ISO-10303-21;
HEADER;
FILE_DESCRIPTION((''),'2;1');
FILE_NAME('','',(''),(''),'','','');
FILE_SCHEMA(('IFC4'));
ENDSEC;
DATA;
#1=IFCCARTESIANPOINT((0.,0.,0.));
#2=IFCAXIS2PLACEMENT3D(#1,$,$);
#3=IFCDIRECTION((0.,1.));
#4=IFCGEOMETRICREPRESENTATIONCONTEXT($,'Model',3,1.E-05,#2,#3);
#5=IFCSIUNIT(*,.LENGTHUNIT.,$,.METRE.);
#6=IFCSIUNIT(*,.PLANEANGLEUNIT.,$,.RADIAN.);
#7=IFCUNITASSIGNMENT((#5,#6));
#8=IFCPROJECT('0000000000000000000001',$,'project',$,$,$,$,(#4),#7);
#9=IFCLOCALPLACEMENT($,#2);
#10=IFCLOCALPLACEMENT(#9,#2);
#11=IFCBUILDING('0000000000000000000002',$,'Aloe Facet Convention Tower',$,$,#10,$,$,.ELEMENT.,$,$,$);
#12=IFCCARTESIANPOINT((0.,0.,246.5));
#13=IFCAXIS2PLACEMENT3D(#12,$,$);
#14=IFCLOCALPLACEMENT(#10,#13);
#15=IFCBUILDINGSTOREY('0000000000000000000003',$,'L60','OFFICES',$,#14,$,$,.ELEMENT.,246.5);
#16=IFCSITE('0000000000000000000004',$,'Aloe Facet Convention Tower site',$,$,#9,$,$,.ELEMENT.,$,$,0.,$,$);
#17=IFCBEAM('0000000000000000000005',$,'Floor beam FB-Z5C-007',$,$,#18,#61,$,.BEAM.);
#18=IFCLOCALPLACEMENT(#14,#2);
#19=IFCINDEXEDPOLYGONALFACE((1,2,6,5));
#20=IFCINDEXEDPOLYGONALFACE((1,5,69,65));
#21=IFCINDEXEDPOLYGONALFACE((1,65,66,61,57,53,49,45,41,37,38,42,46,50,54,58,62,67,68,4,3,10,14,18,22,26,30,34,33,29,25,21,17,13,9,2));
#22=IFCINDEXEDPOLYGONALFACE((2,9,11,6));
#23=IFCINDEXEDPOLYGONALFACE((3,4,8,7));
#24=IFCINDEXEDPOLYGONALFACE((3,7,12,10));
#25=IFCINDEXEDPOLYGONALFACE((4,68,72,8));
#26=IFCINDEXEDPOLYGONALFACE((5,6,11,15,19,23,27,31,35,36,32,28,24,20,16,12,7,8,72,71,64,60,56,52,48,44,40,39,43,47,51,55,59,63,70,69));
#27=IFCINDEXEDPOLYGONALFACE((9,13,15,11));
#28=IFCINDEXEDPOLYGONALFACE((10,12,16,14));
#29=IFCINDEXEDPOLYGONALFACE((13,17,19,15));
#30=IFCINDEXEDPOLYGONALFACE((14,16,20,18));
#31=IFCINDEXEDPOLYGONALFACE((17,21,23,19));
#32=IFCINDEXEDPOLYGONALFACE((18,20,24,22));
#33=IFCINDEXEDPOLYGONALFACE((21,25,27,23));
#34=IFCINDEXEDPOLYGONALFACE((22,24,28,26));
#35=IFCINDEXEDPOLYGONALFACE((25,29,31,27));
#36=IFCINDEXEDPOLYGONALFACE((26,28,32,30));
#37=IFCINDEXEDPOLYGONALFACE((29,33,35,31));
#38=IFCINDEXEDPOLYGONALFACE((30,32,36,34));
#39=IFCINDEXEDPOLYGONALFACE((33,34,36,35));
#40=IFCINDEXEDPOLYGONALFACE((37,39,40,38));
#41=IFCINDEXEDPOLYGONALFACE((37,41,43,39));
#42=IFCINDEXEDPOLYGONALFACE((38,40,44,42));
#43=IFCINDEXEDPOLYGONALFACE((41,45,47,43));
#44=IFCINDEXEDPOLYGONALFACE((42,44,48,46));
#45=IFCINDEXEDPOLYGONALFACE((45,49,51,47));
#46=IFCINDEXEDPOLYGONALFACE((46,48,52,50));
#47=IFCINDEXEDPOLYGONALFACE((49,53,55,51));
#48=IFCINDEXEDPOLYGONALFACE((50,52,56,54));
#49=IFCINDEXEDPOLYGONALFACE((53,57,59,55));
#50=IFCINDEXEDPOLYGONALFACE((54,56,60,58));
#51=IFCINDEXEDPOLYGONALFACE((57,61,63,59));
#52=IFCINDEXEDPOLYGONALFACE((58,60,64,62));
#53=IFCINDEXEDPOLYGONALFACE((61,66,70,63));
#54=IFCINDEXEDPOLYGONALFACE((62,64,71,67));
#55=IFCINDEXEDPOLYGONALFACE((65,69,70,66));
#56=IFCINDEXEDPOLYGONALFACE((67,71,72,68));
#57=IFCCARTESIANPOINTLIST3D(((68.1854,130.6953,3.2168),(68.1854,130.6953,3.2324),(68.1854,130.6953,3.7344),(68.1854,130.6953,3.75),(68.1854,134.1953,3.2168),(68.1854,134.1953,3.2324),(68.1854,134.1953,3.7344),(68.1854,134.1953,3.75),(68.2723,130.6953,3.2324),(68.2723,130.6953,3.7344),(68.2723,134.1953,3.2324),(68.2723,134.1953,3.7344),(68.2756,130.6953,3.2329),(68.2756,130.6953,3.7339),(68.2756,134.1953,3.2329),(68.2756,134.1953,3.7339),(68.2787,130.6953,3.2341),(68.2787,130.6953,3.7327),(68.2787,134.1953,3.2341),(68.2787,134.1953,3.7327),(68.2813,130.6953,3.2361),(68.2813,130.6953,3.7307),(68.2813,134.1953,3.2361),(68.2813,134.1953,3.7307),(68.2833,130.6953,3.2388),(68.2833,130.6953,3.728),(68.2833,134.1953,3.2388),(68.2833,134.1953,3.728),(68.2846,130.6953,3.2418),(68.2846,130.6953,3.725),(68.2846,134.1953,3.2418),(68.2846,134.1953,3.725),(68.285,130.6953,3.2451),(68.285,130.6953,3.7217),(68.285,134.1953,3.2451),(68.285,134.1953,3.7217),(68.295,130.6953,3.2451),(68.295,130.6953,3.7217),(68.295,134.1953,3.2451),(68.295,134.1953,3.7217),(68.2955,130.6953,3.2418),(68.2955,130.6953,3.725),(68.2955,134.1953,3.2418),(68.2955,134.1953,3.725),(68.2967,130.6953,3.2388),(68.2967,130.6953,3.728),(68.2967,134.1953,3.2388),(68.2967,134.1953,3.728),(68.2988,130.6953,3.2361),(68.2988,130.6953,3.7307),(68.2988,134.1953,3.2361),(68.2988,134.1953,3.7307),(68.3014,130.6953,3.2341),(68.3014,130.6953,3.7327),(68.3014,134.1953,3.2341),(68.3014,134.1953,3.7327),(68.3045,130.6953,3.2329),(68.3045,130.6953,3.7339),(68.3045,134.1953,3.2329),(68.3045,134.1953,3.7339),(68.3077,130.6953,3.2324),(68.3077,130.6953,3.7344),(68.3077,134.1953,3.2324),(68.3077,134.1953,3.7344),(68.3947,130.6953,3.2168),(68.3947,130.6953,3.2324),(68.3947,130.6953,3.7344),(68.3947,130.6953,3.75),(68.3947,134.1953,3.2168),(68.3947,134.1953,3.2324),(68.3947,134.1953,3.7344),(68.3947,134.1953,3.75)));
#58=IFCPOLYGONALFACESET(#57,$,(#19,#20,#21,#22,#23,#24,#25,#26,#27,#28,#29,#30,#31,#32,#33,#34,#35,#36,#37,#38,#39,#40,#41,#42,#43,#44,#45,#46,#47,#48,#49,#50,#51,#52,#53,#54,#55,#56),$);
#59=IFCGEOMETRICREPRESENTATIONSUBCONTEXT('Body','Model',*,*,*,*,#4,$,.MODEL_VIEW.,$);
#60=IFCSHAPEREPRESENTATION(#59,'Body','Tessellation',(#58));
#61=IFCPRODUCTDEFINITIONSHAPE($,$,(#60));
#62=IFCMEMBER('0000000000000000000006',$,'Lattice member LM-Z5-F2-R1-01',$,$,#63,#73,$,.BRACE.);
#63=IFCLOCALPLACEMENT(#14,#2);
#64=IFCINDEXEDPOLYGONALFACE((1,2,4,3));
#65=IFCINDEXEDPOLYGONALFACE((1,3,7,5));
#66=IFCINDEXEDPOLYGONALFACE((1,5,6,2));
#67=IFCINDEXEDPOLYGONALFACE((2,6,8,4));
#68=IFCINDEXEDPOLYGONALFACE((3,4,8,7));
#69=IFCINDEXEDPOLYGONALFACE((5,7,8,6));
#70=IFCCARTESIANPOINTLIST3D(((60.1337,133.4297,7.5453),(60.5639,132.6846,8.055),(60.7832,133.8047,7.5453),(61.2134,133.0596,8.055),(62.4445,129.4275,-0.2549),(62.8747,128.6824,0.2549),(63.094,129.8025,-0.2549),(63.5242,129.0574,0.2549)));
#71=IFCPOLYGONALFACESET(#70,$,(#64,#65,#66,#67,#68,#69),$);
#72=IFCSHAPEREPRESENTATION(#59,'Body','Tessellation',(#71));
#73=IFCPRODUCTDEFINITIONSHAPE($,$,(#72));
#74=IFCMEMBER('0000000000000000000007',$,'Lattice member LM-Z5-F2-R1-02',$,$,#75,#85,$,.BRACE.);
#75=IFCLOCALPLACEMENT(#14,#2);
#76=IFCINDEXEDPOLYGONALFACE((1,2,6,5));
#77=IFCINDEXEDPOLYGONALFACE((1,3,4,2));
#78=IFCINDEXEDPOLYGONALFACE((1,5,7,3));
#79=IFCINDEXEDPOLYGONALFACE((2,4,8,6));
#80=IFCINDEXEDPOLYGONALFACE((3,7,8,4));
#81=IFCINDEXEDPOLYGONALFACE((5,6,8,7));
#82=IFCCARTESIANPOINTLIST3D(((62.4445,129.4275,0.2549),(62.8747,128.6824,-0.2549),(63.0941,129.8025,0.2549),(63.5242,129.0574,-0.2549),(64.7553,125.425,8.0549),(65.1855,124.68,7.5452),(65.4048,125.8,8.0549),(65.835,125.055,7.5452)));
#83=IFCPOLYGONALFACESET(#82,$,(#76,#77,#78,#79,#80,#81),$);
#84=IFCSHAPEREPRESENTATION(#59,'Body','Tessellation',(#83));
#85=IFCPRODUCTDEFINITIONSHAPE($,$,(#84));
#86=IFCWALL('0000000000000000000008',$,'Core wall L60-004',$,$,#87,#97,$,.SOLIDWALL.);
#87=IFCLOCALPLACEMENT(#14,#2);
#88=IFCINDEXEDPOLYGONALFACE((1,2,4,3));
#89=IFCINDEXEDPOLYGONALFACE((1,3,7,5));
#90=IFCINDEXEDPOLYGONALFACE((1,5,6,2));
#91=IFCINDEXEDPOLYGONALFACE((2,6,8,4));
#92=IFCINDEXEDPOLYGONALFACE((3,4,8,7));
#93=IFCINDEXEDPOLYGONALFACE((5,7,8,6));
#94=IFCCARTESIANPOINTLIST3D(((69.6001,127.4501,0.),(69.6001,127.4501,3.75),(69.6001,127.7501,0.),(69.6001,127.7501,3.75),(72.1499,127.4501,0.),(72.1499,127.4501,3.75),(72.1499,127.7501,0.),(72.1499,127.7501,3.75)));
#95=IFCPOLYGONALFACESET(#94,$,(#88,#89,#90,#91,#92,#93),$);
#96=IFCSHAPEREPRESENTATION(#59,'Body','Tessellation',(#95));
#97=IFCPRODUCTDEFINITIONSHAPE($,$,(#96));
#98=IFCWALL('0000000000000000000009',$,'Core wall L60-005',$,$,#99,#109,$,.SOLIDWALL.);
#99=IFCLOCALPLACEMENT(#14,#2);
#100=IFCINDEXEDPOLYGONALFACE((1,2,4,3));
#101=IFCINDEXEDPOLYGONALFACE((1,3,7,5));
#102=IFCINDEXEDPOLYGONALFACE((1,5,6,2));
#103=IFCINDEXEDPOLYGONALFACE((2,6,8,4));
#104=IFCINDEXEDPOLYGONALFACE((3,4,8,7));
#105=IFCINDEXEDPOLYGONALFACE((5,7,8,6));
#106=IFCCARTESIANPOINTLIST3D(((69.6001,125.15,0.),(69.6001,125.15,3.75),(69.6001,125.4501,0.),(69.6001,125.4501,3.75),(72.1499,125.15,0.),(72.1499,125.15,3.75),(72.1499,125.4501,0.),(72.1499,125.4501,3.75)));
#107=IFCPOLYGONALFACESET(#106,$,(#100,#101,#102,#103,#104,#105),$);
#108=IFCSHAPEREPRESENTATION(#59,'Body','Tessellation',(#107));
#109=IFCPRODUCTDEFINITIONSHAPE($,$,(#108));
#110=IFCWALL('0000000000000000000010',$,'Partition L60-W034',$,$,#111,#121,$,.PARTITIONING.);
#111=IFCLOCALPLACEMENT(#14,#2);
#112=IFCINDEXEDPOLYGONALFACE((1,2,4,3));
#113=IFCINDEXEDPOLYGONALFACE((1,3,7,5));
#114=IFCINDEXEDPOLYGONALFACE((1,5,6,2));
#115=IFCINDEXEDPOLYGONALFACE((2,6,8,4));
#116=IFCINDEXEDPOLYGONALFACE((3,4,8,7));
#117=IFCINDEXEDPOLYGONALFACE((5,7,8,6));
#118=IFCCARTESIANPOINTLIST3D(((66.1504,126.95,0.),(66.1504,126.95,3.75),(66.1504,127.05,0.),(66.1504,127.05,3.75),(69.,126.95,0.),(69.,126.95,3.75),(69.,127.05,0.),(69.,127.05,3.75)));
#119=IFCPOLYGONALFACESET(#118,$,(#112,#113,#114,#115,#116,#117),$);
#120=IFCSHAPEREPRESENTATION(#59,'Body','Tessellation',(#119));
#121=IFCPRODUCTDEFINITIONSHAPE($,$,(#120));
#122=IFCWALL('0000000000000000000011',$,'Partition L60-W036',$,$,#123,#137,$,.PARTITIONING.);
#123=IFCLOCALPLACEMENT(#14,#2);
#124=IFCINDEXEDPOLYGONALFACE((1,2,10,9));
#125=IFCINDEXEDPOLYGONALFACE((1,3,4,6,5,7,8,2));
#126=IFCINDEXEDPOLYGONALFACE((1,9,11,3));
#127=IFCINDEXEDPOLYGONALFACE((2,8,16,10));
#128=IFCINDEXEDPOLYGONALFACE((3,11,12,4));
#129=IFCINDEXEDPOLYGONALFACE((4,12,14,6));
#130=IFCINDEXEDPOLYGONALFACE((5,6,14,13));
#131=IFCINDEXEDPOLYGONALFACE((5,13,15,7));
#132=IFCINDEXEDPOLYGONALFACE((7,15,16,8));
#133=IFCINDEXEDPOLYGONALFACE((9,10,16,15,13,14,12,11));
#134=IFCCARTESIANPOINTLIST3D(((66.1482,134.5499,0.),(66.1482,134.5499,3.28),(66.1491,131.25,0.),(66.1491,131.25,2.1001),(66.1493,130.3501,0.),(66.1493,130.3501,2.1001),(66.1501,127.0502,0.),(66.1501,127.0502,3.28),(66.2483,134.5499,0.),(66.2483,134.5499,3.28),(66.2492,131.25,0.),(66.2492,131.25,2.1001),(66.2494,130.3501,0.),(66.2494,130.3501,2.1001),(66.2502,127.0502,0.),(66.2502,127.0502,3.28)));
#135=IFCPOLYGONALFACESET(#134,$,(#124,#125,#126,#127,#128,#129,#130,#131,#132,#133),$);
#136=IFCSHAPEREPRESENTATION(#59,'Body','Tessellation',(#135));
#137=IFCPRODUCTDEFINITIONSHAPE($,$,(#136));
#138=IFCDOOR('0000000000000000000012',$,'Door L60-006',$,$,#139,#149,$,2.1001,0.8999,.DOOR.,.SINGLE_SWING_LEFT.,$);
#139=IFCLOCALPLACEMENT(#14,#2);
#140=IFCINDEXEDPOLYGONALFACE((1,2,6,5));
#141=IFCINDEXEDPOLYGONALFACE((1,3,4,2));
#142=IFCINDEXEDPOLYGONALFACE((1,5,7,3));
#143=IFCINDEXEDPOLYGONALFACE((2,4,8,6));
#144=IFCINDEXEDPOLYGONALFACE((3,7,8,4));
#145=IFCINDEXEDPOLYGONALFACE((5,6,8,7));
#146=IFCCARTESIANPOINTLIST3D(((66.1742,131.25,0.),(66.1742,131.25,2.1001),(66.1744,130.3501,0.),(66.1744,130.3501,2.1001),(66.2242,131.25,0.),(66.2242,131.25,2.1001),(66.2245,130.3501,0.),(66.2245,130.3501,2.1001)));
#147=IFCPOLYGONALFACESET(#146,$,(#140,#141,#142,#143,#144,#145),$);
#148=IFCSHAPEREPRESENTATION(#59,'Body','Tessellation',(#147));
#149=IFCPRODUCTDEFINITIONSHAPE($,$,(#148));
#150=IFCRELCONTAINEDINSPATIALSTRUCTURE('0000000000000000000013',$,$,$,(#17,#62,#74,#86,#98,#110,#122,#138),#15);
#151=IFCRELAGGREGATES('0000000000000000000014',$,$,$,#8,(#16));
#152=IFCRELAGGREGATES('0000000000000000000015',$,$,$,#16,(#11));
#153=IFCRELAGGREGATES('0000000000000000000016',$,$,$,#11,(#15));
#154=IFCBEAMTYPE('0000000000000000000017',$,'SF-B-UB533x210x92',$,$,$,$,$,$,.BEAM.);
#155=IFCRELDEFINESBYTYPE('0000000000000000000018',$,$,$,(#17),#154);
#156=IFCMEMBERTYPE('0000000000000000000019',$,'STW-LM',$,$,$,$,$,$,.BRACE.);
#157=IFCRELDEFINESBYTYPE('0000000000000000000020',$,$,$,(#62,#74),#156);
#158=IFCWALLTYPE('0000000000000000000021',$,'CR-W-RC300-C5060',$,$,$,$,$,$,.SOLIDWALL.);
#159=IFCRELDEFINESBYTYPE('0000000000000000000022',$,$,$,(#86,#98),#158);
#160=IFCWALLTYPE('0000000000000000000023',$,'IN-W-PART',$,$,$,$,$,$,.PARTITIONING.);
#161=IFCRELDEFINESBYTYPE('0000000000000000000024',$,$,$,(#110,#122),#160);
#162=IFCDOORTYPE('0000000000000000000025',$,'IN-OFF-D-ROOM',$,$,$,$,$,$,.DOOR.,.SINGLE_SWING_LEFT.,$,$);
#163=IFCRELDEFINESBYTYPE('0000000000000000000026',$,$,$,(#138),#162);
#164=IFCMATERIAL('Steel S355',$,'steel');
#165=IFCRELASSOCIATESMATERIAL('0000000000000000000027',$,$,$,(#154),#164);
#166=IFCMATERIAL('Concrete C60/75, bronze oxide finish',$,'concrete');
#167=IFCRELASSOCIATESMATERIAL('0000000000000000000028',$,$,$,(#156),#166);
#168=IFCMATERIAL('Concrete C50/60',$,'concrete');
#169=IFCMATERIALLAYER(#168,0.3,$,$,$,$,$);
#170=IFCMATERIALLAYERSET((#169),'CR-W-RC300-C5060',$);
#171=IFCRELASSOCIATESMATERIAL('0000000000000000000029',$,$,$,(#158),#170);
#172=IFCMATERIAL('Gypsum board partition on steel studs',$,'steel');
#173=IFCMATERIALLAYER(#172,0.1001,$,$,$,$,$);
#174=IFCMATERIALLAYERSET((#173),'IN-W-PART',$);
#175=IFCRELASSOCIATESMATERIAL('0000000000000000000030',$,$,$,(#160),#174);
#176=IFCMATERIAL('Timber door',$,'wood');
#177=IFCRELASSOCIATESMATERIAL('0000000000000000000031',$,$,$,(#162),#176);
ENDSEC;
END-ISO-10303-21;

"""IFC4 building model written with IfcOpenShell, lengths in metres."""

from ifc_helpers import new_model, si_unit, direction, frame, frame_2d, origin, origin_2d, place, context, subcontext, project, spatial, rectangle, i_section, extrude, material, layer, layer_set, material_profile, profile_set, type_object, element, fill, save


model = new_model("IFC4")

# Units and contexts
model_context = context("Model", 3, precision=1e-05, world=origin(), true_north=direction((0.0, 1.0)))
body_context = subcontext(model_context, "Body", "Model", "MODEL_VIEW")
ifc_project = project(units=[si_unit("LENGTHUNIT", "METRE"), si_unit("PLANEANGLEUNIT", "RADIAN")], contexts=[model_context])

# Site, building, storey
site_placement = place(None, origin())
site = spatial("IfcSite", under=ifc_project, at=site_placement, Name="Aloe Facet Convention Tower site", CompositionType="ELEMENT", RefElevation=0.0)
building_placement = place(site_placement, origin())
building = spatial("IfcBuilding", under=site, at=building_placement, Name="Aloe Facet Convention Tower", CompositionType="ELEMENT")
storey_placement = place(building_placement, frame((0.0, 0.0, 246.5)))
storey = spatial("IfcBuildingStorey", under=building, at=storey_placement, Name="L60", Description="OFFICES", CompositionType="ELEMENT", Elevation=246.5)

# Beam
ifc_material_1 = material(Name="Steel S355", Category="steel")
ifc_material_profile_1 = material_profile(ifc_material_1, i_section(OverallWidth=0.2092, OverallDepth=0.5332, WebThickness=0.01, FlangeThickness=0.0156, FilletRadius=0.0127, at=origin_2d()), Name="UB 533x210x92")
ifc_profile_set_1 = profile_set([ifc_material_profile_1], Name="Steel S355")
beam_type_1 = type_object("IfcBeamType", Name="SF-B-UB533x210x92", PredefinedType="BEAM", material=ifc_profile_set_1)
beam_1_placement = place(storey_placement, frame((68.29, 130.6953, 3.4834), z_axis=(0.0, 1.0, 0.0), x_axis=(-1.0, 0.0, 0.0)))
element("IfcBeam", 1, at=beam_1_placement, inside=storey, type_object=beam_type_1, Name="Floor beam FB-Z5C-007", PredefinedType="BEAM", context=body_context, shape_type="SweptSolid", body=[
    extrude(i_section(OverallWidth=0.2092, OverallDepth=0.5332, WebThickness=0.01, FlangeThickness=0.0156, FilletRadius=0.0127, at=origin_2d()), origin(), (0.0, 0.0, 1.0), 3.5),
])

# Members
ifc_material_2 = material(Name="Concrete C60/75, bronze oxide finish", Category="concrete")
ifc_material_profile_2 = material_profile(ifc_material_2, rectangle(XDim=0.75, YDim=1.0, at=origin_2d()), Name="STW-LM")
ifc_profile_set_2 = profile_set([ifc_material_profile_2], Name="Concrete C60/75, bronze oxide finish")
member_type = type_object("IfcMemberType", Name="STW-LM", PredefinedType="BRACE", material=ifc_profile_set_2)
for number, where, z_axis, x_axis, name in (
    (2, (62.9844, 129.2424, 0.0), (-0.254876, 0.441436, 0.860333), (-0.866014, -0.50002, 0.0), "Lattice member LM-Z5-F2-R1-01"),
    (3, (62.9844, 129.2424, 0.0), (0.254873, -0.441458, 0.860322), (0.866027, 0.499997, 0.0), "Lattice member LM-Z5-F2-R1-02"),
):
    element("IfcMember", number, at=place(storey_placement, frame(where, z_axis=z_axis, x_axis=x_axis)), inside=storey, type_object=member_type, Name=name, PredefinedType="BRACE", context=body_context, shape_type="SweptSolid", body=[
        extrude(rectangle(XDim=0.75, YDim=1.0, at=origin_2d()), origin(), (0.0, 0.0, 1.0), 9.0664),
    ])

# Walls
ifc_material_3 = material(Name="Concrete C50/60", Category="concrete")
ifc_layer_1 = layer(ifc_material_3, 0.3)
ifc_layer_set_1 = layer_set([ifc_layer_1], Name="CR-W-RC300-C5060")
wall_type_1 = type_object("IfcWallType", Name="CR-W-RC300-C5060", PredefinedType="SOLIDWALL", material=ifc_layer_set_1)
for number, where, z_axis, x_axis, name in (
    (4, (69.6001, 127.6001, 0.0), (0.0, 0.0, 1.0), (1.0, 0.0, 0.0), "Core wall L60-004"),
    (5, (69.6001, 125.3, 0.0), (0.0, 0.0, 1.0), (1.0, 0.0, 0.0), "Core wall L60-005"),
):
    element("IfcWall", number, at=place(storey_placement, frame(where, z_axis=z_axis, x_axis=x_axis)), inside=storey, type_object=wall_type_1, Name=name, PredefinedType="SOLIDWALL", context=body_context, shape_type="SweptSolid", body=[
        extrude(rectangle(XDim=2.5498, YDim=0.3, at=frame_2d((1.2749, 0.0))), origin(), (0.0, 0.0, 1.0), 3.75),
    ])
ifc_material_4 = material(Name="Gypsum board partition on steel studs", Category="steel")
ifc_layer_2 = layer(ifc_material_4, 0.1001)
ifc_layer_set_2 = layer_set([ifc_layer_2], Name="IN-W-PART")
wall_type_2 = type_object("IfcWallType", Name="IN-W-PART", PredefinedType="PARTITIONING", material=ifc_layer_set_2)
wall_1_placement = place(storey_placement, frame((66.1504, 127.0, 0.0), z_axis=(0.0, 0.0, 1.0), x_axis=(1.0, 0.0, 0.0)))
element("IfcWall", 6, at=wall_1_placement, inside=storey, type_object=wall_type_2, Name="Partition L60-W034", PredefinedType="PARTITIONING", context=body_context, shape_type="SweptSolid", body=[
    extrude(rectangle(XDim=2.8496, YDim=0.1001, at=frame_2d((1.4248, 0.0))), origin(), (0.0, 0.0, 1.0), 3.75),
])

# Wall, opening, door
wall_2_placement = place(storey_placement, frame((66.2002, 127.05, 0.0), z_axis=(0.0, 0.0, 1.0), x_axis=(-0.00026, 1.0, 0.0)))
wall_2 = element("IfcWall", 7, at=wall_2_placement, inside=storey, type_object=wall_type_2, Name="Partition L60-W036", PredefinedType="PARTITIONING", context=body_context, shape_type="SweptSolid", body=[
    extrude(rectangle(XDim=7.4998, YDim=0.1001, at=frame_2d((3.75, 0.0))), origin(), (0.0, 0.0, 1.0), 3.28),
])
opening_placement = place(wall_2_placement, frame((3.3, 0.0, 0.0)))
opening = element("IfcOpeningElement", 8, at=opening_placement, cuts=wall_2, PredefinedType="OPENING", context=body_context, shape_type="SweptSolid", body=[
    extrude(rectangle(XDim=0.8999, YDim=2.1001, at=frame_2d((0.45, 1.05))), frame((0.0, 0.0601, 0.0), z_axis=(0.0, -1.0, 0.0), x_axis=(1.0, 0.0, 0.0)), (0.0, 0.0, 1.0), 0.1201),
])
ifc_material_5 = material(Name="Timber door", Category="wood")
door_type = type_object("IfcDoorType", Name="IN-OFF-D-ROOM", OperationType="SINGLE_SWING_LEFT", PredefinedType="DOOR", material=ifc_material_5)
door_placement = place(opening_placement, origin())
door = element("IfcDoor", 9, at=door_placement, inside=storey, type_object=door_type, Name="Door L60-006", OperationType="SINGLE_SWING_LEFT", OverallHeight=2.1001, OverallWidth=0.8999, PredefinedType="DOOR", context=body_context, shape_type="SweptSolid", body=[
    extrude(rectangle(XDim=0.8999, YDim=2.1001, at=frame_2d((0.45, 1.05))), frame((0.0, 0.0249, 0.0), z_axis=(0.0, -1.0, 0.0), x_axis=(1.0, 0.0, 0.0)), (0.0, 0.0, 1.0), 0.05),
])
fill(opening, door)

save(model, "model.ifc")
